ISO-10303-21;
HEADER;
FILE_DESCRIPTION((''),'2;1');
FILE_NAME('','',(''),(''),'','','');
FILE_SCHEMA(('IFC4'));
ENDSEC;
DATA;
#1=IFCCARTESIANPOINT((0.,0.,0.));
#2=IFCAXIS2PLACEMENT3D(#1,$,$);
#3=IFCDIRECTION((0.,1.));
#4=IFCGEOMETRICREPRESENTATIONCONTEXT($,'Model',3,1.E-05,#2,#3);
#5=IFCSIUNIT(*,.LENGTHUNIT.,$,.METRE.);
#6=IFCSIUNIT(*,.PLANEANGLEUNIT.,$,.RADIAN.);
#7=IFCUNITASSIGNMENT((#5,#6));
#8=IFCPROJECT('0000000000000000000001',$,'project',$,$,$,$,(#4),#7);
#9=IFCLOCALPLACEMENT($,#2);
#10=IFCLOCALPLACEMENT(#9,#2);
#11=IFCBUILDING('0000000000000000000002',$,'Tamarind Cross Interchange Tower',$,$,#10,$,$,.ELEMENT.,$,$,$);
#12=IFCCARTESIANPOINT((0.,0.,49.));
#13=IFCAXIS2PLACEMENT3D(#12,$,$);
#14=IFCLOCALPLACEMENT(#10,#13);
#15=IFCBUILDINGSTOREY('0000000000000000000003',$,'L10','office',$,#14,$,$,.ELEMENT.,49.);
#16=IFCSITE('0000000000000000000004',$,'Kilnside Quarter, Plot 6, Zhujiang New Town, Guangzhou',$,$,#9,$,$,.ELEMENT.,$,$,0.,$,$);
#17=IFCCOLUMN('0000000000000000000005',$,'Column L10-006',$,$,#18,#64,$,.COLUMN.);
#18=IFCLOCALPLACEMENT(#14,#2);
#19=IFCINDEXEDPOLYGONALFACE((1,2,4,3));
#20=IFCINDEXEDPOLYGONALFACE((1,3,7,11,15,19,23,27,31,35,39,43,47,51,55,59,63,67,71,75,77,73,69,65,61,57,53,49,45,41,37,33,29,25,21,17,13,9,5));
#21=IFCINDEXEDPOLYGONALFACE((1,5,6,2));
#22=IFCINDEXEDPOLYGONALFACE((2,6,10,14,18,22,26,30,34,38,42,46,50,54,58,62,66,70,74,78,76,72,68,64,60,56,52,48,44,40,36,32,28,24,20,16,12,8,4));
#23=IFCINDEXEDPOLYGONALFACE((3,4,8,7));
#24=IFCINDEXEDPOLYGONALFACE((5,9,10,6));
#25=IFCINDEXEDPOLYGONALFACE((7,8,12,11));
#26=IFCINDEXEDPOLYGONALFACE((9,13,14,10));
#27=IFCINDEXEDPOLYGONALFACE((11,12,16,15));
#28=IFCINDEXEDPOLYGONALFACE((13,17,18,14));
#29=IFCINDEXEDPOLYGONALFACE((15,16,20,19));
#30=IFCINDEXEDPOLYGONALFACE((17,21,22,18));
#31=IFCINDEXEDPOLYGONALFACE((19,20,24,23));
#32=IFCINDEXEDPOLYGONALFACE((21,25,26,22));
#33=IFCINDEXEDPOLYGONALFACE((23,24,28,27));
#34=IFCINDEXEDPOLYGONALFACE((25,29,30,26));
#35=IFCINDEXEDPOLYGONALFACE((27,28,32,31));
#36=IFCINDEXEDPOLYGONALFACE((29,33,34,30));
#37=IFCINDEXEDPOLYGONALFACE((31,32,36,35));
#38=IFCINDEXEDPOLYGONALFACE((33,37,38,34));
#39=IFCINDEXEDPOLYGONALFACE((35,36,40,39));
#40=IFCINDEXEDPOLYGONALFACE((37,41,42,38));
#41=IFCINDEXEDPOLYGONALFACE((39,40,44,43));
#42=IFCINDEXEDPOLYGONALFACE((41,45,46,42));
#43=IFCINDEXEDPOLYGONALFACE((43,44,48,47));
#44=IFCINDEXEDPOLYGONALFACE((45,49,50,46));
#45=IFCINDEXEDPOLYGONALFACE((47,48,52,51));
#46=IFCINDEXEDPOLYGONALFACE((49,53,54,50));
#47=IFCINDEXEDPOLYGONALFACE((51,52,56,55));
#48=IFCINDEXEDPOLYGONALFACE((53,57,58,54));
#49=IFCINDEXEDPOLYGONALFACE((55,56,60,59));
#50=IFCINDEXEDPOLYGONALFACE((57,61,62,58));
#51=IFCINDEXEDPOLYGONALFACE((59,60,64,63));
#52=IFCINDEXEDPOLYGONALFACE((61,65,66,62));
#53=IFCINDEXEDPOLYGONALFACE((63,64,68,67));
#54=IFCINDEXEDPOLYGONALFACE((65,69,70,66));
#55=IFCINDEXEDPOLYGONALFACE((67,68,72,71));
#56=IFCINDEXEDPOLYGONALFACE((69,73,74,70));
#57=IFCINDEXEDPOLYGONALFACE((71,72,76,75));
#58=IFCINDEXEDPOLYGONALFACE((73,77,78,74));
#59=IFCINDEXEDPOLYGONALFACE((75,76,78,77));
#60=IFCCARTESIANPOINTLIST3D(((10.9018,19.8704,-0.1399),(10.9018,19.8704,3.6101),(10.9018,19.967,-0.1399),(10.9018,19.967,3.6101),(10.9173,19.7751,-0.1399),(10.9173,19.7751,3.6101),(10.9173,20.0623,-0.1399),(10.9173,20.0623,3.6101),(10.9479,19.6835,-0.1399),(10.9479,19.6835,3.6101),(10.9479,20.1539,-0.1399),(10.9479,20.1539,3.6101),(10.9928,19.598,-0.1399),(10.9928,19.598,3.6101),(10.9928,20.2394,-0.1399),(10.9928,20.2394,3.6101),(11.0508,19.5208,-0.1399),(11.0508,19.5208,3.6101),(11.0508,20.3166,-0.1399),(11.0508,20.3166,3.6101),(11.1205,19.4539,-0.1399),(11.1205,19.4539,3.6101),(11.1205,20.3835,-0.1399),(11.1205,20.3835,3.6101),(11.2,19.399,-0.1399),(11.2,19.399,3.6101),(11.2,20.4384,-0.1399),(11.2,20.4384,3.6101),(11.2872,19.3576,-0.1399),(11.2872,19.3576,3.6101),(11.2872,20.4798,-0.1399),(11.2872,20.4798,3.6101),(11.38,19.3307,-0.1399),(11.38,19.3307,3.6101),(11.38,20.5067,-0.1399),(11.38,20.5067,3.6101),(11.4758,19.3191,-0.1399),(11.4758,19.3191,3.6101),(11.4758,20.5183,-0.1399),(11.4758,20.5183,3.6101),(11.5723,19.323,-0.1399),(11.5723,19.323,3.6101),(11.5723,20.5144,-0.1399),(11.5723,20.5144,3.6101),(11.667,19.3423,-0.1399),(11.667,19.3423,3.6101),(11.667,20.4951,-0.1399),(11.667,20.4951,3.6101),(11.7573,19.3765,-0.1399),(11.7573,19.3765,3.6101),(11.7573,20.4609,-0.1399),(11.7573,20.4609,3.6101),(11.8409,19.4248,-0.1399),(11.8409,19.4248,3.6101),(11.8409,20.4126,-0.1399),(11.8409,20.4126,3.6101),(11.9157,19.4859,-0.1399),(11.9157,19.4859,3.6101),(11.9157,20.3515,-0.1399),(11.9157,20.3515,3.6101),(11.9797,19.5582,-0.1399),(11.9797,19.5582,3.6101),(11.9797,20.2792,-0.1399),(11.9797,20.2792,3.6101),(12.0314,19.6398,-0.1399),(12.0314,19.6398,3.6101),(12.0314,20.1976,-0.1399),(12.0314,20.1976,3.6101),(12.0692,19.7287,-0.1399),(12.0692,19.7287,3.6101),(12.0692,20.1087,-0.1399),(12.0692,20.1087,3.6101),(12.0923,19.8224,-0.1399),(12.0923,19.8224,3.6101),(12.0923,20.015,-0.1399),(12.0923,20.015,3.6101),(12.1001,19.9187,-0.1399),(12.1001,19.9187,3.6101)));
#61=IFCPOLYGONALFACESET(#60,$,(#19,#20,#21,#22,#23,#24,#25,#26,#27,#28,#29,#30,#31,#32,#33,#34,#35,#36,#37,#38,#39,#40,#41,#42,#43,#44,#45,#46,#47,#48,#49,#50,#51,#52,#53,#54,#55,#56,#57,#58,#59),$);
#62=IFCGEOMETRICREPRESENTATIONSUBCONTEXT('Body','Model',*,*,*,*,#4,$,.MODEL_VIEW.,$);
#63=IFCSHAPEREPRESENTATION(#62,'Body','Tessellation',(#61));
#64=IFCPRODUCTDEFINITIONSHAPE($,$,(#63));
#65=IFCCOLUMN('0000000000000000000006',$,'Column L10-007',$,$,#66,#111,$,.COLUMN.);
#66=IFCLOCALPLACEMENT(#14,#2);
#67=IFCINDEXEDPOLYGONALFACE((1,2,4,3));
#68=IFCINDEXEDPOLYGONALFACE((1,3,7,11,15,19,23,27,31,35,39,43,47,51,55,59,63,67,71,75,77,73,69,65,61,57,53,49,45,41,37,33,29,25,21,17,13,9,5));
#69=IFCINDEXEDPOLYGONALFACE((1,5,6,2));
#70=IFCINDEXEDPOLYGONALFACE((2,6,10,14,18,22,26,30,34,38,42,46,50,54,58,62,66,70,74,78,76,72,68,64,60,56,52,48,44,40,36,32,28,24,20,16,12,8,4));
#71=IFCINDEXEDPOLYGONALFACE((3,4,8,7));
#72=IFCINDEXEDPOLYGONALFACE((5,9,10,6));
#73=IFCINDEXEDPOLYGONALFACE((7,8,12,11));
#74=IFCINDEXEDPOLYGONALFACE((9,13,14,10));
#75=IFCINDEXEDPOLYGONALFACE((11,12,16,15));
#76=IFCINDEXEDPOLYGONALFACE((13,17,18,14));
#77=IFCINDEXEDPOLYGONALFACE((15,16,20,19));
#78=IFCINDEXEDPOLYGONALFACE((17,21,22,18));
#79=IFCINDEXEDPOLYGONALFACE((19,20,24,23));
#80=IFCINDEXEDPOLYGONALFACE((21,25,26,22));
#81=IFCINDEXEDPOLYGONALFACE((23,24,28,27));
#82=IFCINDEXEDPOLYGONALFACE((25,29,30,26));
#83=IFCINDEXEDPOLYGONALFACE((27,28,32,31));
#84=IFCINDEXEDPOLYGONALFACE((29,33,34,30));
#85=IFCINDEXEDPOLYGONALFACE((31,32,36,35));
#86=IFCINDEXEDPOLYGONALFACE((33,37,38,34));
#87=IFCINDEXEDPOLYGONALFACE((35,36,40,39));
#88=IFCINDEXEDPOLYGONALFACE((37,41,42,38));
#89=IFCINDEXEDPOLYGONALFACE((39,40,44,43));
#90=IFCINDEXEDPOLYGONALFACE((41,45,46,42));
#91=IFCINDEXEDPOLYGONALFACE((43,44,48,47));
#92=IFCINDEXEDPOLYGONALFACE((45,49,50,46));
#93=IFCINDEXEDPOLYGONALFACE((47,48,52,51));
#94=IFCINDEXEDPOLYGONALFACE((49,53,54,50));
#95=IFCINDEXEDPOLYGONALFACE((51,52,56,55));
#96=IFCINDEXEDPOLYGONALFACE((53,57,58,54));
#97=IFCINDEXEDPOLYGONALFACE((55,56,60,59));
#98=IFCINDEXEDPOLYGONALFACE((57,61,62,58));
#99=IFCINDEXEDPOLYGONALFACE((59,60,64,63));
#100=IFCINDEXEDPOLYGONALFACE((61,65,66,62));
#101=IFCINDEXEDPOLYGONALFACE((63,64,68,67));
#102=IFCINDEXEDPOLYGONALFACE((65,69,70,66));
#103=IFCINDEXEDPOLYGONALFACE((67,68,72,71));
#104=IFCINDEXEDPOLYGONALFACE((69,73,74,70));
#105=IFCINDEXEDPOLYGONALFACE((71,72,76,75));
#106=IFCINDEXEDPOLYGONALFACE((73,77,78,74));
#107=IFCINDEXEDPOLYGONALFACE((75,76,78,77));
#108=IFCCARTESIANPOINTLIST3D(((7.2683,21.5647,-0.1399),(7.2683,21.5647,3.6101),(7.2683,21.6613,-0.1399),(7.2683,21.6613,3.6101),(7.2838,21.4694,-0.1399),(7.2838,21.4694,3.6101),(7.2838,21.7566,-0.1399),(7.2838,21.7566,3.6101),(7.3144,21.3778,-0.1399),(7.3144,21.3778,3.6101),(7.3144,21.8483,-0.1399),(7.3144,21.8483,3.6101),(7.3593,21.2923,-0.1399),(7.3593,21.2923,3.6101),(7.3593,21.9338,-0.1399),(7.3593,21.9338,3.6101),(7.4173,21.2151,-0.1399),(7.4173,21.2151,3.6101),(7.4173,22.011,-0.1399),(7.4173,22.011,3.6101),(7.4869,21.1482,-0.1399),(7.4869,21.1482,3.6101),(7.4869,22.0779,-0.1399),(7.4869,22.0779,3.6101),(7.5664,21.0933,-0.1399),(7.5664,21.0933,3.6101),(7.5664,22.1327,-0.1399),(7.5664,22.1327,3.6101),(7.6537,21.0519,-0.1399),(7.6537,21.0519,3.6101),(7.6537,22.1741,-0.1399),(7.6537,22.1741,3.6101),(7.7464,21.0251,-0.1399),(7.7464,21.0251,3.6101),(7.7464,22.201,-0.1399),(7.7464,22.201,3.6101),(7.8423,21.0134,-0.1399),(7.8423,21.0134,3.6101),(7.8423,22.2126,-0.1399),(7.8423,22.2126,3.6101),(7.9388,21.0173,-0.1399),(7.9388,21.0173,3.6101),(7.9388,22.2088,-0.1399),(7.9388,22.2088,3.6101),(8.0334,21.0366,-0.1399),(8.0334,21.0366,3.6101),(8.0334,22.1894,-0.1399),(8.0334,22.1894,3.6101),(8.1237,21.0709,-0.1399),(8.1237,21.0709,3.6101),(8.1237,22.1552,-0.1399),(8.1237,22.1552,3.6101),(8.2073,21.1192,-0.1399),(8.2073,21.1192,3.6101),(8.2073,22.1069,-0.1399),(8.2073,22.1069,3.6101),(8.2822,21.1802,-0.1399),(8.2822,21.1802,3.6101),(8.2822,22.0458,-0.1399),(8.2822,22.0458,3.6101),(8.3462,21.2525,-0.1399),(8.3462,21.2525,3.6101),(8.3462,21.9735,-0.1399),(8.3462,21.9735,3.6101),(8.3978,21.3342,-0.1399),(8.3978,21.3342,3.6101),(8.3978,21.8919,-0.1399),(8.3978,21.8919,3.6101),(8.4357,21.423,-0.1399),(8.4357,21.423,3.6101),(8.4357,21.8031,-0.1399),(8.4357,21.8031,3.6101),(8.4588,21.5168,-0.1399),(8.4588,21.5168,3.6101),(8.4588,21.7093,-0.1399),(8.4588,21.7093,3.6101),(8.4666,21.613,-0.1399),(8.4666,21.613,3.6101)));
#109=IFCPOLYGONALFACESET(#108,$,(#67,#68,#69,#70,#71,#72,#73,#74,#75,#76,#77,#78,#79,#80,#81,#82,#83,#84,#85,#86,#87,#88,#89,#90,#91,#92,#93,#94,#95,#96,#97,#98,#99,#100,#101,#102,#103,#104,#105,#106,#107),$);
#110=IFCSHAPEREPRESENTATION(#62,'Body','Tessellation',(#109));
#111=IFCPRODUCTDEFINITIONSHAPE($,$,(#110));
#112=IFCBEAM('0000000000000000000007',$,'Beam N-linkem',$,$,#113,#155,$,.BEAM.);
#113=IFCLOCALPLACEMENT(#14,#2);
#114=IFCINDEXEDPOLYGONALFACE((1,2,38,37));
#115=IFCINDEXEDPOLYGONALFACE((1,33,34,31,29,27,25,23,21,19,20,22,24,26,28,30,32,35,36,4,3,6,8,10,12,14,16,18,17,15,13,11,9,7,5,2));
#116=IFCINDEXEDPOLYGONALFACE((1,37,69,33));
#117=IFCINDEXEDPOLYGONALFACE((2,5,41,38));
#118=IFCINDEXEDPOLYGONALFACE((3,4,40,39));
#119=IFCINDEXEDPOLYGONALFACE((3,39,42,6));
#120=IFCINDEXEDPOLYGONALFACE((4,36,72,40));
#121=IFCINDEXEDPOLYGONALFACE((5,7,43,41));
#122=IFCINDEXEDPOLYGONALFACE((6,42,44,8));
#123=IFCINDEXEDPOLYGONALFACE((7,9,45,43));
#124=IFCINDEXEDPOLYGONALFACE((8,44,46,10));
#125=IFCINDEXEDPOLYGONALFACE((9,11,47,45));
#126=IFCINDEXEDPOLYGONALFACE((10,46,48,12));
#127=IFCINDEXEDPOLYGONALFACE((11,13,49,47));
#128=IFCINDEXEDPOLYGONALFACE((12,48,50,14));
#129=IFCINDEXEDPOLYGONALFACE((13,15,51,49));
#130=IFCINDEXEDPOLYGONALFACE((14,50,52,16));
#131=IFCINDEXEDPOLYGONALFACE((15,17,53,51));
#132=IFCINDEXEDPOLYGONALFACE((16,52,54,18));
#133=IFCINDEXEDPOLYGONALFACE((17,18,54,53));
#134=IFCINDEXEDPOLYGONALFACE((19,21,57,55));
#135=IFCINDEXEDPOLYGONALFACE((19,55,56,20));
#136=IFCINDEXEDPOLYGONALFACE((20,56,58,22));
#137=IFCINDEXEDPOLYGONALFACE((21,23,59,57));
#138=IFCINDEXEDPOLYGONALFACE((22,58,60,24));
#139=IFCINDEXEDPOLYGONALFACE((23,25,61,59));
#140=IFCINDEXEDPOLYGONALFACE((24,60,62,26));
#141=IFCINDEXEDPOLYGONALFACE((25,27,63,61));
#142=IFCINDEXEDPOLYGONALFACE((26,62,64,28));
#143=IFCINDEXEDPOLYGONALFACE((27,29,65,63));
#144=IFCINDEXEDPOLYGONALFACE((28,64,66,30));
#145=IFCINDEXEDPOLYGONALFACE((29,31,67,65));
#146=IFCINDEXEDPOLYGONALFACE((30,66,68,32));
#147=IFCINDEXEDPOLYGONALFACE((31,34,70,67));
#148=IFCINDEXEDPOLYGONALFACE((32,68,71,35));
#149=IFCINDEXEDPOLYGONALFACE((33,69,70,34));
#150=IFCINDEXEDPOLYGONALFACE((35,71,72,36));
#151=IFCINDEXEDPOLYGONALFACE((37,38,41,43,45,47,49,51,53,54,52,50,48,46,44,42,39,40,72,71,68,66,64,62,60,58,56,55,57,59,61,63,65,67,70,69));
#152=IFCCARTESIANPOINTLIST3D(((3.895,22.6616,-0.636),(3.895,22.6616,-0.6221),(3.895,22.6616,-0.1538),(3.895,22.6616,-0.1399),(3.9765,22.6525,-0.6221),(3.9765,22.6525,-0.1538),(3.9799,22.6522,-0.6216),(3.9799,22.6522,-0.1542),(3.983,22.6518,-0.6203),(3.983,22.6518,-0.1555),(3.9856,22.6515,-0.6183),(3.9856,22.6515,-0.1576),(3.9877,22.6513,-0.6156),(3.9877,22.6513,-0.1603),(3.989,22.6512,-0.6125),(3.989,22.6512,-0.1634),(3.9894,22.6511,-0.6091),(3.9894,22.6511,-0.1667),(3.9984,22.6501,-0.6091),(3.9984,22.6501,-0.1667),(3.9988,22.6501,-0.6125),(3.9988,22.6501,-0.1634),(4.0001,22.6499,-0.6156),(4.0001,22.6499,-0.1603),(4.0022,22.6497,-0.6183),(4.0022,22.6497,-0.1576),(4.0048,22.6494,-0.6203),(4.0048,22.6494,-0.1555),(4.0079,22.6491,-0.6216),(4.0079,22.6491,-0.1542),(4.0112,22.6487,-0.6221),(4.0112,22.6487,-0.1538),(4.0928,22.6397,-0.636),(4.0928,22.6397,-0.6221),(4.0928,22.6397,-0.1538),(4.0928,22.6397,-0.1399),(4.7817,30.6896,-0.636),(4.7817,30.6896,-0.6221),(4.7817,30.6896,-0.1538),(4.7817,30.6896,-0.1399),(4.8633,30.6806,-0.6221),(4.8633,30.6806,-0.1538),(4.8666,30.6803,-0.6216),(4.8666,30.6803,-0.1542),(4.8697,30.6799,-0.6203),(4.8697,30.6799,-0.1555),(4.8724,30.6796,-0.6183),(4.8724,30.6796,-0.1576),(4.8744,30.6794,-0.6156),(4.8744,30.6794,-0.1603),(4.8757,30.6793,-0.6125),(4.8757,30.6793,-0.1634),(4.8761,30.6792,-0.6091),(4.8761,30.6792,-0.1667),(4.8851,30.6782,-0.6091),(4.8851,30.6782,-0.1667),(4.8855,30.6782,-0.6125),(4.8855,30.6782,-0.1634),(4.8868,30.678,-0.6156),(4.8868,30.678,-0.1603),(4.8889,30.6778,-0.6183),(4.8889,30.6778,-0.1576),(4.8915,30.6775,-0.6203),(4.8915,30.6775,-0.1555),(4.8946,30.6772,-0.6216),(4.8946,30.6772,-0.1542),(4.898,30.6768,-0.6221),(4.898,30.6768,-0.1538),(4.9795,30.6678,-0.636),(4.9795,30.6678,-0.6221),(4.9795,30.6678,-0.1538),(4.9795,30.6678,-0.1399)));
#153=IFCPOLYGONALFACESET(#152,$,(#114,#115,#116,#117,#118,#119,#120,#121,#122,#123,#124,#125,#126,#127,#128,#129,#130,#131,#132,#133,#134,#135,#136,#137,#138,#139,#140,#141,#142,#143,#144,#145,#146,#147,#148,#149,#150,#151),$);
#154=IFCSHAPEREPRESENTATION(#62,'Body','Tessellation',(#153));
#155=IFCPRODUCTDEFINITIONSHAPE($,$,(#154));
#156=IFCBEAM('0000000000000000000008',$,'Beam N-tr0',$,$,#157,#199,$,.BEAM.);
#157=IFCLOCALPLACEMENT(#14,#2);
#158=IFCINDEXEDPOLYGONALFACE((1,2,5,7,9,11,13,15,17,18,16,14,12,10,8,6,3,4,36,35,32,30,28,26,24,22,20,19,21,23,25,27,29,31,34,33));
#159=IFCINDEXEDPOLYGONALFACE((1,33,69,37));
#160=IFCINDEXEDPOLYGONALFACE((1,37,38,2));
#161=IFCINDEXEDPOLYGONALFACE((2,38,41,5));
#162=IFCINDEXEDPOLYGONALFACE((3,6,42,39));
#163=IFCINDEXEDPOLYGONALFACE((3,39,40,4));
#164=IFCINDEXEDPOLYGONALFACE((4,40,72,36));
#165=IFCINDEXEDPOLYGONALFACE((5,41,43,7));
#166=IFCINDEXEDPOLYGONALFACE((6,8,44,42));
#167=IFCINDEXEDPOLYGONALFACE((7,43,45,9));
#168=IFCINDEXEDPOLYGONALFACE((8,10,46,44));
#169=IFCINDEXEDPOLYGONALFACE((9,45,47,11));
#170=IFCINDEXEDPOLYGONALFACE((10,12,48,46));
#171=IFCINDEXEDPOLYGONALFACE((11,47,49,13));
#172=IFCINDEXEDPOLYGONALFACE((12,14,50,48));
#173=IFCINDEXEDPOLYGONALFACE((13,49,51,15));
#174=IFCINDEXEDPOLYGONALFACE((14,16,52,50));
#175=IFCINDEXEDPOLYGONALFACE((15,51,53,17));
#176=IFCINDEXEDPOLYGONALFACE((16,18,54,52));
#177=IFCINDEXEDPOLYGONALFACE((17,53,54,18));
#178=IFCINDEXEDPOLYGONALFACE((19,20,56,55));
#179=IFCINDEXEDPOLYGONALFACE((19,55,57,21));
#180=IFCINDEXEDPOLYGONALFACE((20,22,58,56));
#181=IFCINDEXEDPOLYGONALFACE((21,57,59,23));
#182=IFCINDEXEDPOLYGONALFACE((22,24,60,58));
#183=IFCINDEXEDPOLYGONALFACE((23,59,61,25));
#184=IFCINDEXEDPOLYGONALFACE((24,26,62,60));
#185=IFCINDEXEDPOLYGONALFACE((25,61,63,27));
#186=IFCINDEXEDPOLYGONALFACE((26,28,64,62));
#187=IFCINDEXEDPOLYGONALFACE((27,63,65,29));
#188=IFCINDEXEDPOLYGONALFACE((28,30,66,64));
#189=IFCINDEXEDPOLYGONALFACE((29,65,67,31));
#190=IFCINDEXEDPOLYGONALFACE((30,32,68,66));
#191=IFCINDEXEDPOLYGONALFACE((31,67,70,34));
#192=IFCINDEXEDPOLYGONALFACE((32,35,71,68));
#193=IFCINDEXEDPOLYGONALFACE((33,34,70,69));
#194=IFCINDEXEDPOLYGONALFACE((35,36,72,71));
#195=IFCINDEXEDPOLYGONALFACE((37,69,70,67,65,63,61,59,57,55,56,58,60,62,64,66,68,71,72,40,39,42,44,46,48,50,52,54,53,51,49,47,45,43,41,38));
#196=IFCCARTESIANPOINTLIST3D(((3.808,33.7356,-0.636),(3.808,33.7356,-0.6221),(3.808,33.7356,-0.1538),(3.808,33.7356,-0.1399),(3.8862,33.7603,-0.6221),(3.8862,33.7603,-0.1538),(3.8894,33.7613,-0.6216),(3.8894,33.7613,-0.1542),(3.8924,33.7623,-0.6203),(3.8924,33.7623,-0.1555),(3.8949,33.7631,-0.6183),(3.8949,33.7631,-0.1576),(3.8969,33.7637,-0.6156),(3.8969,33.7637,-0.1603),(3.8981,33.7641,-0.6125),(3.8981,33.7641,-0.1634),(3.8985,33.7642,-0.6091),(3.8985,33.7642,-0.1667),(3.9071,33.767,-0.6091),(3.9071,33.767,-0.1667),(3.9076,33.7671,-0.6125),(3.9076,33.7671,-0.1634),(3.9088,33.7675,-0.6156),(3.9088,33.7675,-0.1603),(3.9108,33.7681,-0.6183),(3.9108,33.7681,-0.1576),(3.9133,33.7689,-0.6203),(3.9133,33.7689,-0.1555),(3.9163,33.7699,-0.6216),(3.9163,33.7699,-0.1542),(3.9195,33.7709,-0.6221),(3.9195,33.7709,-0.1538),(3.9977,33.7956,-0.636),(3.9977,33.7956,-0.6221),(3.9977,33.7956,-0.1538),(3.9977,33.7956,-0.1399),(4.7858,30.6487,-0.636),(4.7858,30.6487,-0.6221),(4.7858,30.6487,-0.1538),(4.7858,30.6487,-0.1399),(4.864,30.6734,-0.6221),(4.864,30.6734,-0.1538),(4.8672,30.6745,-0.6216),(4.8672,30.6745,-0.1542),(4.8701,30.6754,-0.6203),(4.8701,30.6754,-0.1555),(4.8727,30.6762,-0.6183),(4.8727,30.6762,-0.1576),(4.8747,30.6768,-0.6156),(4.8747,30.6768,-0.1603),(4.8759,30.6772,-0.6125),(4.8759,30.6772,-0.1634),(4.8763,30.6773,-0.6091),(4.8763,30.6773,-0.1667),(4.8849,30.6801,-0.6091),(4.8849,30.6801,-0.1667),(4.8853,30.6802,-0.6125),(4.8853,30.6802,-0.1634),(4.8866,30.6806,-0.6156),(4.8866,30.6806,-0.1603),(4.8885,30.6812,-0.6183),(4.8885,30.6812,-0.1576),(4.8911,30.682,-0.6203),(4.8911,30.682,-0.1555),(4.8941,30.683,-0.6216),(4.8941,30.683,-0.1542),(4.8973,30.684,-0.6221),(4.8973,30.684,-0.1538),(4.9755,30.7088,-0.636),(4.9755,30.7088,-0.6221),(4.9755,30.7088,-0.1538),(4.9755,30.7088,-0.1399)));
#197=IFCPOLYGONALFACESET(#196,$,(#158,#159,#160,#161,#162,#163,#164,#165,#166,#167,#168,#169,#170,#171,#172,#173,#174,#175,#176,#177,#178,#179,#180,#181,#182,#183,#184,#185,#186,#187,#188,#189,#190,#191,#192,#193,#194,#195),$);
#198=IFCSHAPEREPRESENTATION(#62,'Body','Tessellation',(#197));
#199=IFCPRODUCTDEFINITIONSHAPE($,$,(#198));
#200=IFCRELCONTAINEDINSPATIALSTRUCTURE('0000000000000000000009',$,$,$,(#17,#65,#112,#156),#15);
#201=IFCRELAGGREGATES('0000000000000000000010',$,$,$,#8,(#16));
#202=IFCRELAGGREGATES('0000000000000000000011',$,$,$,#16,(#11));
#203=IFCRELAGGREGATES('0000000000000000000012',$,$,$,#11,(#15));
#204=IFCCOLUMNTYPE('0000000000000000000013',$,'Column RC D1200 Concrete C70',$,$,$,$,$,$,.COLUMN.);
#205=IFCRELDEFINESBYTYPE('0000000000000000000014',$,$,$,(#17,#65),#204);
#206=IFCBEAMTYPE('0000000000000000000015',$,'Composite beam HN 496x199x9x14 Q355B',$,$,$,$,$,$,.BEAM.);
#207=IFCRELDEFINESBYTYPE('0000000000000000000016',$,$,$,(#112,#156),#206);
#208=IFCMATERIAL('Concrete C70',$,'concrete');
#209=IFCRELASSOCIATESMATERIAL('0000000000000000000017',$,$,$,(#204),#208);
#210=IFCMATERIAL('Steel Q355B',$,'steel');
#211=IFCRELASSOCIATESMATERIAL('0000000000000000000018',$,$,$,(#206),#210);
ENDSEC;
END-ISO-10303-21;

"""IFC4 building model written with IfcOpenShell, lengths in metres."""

from ifc_helpers import new_model, si_unit, direction, frame, origin, origin_2d, place, context, subcontext, project, spatial, circle, i_section, extrude, material, material_profile, profile_set, type_object, element, save


model = new_model("IFC4")

# Units and contexts
model_context = context("Model", 3, precision=1e-05, world=origin(), true_north=direction((0.0, 1.0)))
body_context = subcontext(model_context, "Body", "Model", "MODEL_VIEW")
ifc_project = project(units=[si_unit("LENGTHUNIT", "METRE"), si_unit("PLANEANGLEUNIT", "RADIAN")], contexts=[model_context])

# Site, building, storey
site_placement = place(None, origin())
site = spatial("IfcSite", under=ifc_project, at=site_placement, Name="Kilnside Quarter, Plot 6, Zhujiang New Town, Guangzhou", CompositionType="ELEMENT", RefElevation=0.0)
building_placement = place(site_placement, origin())
building = spatial("IfcBuilding", under=site, at=building_placement, Name="Tamarind Cross Interchange Tower", CompositionType="ELEMENT")
storey_placement = place(building_placement, frame((0.0, 0.0, 49.0)))
storey = spatial("IfcBuildingStorey", under=building, at=storey_placement, Name="L10", Description="office", CompositionType="ELEMENT", Elevation=49.0)

# Columns
ifc_material_1 = material(Name="Concrete C70", Category="concrete")
ifc_material_profile_1 = material_profile(ifc_material_1, circle(Radius=0.6001, at=origin_2d()), Name="RC D1200")
ifc_profile_set_1 = profile_set([ifc_material_profile_1], Name="Concrete C70")
column_type_1 = type_object("IfcColumnType", Name="Column RC D1200 Concrete C70", PredefinedType="COLUMN", material=ifc_profile_set_1)
for number, where, z_axis, x_axis, name in (
    (1, (11.5, 19.9187, -0.1399), (0.0, 0.0, 1.0), (1.0, 0.0, 0.0), "Column L10-006"),
    (2, (7.8665, 21.613, -0.1399), (0.0, 0.0, 1.0), (1.0, 0.0, 0.0), "Column L10-007"),
):
    element("IfcColumn", number, at=place(storey_placement, frame(where, z_axis=z_axis, x_axis=x_axis)), inside=storey, type_object=column_type_1, Name=name, PredefinedType="COLUMN", context=body_context, shape_type="SweptSolid", body=[
        extrude(circle(Radius=0.6001, at=origin_2d()), origin(), (0.0, 0.0, 1.0), 3.75),
    ])

# Beams
ifc_material_2 = material(Name="Steel Q355B", Category="steel")
ifc_material_profile_2 = material_profile(ifc_material_2, i_section(OverallWidth=0.199, OverallDepth=0.4961, WebThickness=0.009, FlangeThickness=0.0139, FilletRadius=0.0129, at=origin_2d()), Name="HN 496x199x9x14")
ifc_profile_set_2 = profile_set([ifc_material_profile_2], Name="Steel Q355B")
beam_type_1 = type_object("IfcBeamType", Name="Composite beam HN 496x199x9x14 Q355B", PredefinedType="BEAM", material=ifc_profile_set_2)
beam_1_placement = place(storey_placement, frame((4.8806, 30.6787, -0.3879), z_axis=(-0.109785, -0.993955, 0.0), x_axis=(0.993955, -0.109785, 0.0)))
element("IfcBeam", 3, at=beam_1_placement, inside=storey, type_object=beam_type_1, Name="Beam N-linkem", PredefinedType="BEAM", context=body_context, shape_type="SweptSolid", body=[
    extrude(i_section(OverallWidth=0.199, OverallDepth=0.4961, WebThickness=0.009, FlangeThickness=0.0139, FilletRadius=0.0129, at=origin_2d()), origin(), (0.0, 0.0, 1.0), 8.0769),
])
beam_2_placement = place(storey_placement, frame((4.8806, 30.6787, -0.3879), z_axis=(-0.301965, 0.953319, 0.0), x_axis=(-0.953319, -0.301965, 0.0)))
element("IfcBeam", 4, at=beam_2_placement, inside=storey, type_object=beam_type_1, Name="Beam N-tr0", PredefinedType="BEAM", context=body_context, shape_type="SweptSolid", body=[
    extrude(i_section(OverallWidth=0.199, OverallDepth=0.4961, WebThickness=0.009, FlangeThickness=0.0139, FilletRadius=0.0129, at=origin_2d()), origin(), (0.0, 0.0, 1.0), 3.238),
])

save(model, "model.ifc")
